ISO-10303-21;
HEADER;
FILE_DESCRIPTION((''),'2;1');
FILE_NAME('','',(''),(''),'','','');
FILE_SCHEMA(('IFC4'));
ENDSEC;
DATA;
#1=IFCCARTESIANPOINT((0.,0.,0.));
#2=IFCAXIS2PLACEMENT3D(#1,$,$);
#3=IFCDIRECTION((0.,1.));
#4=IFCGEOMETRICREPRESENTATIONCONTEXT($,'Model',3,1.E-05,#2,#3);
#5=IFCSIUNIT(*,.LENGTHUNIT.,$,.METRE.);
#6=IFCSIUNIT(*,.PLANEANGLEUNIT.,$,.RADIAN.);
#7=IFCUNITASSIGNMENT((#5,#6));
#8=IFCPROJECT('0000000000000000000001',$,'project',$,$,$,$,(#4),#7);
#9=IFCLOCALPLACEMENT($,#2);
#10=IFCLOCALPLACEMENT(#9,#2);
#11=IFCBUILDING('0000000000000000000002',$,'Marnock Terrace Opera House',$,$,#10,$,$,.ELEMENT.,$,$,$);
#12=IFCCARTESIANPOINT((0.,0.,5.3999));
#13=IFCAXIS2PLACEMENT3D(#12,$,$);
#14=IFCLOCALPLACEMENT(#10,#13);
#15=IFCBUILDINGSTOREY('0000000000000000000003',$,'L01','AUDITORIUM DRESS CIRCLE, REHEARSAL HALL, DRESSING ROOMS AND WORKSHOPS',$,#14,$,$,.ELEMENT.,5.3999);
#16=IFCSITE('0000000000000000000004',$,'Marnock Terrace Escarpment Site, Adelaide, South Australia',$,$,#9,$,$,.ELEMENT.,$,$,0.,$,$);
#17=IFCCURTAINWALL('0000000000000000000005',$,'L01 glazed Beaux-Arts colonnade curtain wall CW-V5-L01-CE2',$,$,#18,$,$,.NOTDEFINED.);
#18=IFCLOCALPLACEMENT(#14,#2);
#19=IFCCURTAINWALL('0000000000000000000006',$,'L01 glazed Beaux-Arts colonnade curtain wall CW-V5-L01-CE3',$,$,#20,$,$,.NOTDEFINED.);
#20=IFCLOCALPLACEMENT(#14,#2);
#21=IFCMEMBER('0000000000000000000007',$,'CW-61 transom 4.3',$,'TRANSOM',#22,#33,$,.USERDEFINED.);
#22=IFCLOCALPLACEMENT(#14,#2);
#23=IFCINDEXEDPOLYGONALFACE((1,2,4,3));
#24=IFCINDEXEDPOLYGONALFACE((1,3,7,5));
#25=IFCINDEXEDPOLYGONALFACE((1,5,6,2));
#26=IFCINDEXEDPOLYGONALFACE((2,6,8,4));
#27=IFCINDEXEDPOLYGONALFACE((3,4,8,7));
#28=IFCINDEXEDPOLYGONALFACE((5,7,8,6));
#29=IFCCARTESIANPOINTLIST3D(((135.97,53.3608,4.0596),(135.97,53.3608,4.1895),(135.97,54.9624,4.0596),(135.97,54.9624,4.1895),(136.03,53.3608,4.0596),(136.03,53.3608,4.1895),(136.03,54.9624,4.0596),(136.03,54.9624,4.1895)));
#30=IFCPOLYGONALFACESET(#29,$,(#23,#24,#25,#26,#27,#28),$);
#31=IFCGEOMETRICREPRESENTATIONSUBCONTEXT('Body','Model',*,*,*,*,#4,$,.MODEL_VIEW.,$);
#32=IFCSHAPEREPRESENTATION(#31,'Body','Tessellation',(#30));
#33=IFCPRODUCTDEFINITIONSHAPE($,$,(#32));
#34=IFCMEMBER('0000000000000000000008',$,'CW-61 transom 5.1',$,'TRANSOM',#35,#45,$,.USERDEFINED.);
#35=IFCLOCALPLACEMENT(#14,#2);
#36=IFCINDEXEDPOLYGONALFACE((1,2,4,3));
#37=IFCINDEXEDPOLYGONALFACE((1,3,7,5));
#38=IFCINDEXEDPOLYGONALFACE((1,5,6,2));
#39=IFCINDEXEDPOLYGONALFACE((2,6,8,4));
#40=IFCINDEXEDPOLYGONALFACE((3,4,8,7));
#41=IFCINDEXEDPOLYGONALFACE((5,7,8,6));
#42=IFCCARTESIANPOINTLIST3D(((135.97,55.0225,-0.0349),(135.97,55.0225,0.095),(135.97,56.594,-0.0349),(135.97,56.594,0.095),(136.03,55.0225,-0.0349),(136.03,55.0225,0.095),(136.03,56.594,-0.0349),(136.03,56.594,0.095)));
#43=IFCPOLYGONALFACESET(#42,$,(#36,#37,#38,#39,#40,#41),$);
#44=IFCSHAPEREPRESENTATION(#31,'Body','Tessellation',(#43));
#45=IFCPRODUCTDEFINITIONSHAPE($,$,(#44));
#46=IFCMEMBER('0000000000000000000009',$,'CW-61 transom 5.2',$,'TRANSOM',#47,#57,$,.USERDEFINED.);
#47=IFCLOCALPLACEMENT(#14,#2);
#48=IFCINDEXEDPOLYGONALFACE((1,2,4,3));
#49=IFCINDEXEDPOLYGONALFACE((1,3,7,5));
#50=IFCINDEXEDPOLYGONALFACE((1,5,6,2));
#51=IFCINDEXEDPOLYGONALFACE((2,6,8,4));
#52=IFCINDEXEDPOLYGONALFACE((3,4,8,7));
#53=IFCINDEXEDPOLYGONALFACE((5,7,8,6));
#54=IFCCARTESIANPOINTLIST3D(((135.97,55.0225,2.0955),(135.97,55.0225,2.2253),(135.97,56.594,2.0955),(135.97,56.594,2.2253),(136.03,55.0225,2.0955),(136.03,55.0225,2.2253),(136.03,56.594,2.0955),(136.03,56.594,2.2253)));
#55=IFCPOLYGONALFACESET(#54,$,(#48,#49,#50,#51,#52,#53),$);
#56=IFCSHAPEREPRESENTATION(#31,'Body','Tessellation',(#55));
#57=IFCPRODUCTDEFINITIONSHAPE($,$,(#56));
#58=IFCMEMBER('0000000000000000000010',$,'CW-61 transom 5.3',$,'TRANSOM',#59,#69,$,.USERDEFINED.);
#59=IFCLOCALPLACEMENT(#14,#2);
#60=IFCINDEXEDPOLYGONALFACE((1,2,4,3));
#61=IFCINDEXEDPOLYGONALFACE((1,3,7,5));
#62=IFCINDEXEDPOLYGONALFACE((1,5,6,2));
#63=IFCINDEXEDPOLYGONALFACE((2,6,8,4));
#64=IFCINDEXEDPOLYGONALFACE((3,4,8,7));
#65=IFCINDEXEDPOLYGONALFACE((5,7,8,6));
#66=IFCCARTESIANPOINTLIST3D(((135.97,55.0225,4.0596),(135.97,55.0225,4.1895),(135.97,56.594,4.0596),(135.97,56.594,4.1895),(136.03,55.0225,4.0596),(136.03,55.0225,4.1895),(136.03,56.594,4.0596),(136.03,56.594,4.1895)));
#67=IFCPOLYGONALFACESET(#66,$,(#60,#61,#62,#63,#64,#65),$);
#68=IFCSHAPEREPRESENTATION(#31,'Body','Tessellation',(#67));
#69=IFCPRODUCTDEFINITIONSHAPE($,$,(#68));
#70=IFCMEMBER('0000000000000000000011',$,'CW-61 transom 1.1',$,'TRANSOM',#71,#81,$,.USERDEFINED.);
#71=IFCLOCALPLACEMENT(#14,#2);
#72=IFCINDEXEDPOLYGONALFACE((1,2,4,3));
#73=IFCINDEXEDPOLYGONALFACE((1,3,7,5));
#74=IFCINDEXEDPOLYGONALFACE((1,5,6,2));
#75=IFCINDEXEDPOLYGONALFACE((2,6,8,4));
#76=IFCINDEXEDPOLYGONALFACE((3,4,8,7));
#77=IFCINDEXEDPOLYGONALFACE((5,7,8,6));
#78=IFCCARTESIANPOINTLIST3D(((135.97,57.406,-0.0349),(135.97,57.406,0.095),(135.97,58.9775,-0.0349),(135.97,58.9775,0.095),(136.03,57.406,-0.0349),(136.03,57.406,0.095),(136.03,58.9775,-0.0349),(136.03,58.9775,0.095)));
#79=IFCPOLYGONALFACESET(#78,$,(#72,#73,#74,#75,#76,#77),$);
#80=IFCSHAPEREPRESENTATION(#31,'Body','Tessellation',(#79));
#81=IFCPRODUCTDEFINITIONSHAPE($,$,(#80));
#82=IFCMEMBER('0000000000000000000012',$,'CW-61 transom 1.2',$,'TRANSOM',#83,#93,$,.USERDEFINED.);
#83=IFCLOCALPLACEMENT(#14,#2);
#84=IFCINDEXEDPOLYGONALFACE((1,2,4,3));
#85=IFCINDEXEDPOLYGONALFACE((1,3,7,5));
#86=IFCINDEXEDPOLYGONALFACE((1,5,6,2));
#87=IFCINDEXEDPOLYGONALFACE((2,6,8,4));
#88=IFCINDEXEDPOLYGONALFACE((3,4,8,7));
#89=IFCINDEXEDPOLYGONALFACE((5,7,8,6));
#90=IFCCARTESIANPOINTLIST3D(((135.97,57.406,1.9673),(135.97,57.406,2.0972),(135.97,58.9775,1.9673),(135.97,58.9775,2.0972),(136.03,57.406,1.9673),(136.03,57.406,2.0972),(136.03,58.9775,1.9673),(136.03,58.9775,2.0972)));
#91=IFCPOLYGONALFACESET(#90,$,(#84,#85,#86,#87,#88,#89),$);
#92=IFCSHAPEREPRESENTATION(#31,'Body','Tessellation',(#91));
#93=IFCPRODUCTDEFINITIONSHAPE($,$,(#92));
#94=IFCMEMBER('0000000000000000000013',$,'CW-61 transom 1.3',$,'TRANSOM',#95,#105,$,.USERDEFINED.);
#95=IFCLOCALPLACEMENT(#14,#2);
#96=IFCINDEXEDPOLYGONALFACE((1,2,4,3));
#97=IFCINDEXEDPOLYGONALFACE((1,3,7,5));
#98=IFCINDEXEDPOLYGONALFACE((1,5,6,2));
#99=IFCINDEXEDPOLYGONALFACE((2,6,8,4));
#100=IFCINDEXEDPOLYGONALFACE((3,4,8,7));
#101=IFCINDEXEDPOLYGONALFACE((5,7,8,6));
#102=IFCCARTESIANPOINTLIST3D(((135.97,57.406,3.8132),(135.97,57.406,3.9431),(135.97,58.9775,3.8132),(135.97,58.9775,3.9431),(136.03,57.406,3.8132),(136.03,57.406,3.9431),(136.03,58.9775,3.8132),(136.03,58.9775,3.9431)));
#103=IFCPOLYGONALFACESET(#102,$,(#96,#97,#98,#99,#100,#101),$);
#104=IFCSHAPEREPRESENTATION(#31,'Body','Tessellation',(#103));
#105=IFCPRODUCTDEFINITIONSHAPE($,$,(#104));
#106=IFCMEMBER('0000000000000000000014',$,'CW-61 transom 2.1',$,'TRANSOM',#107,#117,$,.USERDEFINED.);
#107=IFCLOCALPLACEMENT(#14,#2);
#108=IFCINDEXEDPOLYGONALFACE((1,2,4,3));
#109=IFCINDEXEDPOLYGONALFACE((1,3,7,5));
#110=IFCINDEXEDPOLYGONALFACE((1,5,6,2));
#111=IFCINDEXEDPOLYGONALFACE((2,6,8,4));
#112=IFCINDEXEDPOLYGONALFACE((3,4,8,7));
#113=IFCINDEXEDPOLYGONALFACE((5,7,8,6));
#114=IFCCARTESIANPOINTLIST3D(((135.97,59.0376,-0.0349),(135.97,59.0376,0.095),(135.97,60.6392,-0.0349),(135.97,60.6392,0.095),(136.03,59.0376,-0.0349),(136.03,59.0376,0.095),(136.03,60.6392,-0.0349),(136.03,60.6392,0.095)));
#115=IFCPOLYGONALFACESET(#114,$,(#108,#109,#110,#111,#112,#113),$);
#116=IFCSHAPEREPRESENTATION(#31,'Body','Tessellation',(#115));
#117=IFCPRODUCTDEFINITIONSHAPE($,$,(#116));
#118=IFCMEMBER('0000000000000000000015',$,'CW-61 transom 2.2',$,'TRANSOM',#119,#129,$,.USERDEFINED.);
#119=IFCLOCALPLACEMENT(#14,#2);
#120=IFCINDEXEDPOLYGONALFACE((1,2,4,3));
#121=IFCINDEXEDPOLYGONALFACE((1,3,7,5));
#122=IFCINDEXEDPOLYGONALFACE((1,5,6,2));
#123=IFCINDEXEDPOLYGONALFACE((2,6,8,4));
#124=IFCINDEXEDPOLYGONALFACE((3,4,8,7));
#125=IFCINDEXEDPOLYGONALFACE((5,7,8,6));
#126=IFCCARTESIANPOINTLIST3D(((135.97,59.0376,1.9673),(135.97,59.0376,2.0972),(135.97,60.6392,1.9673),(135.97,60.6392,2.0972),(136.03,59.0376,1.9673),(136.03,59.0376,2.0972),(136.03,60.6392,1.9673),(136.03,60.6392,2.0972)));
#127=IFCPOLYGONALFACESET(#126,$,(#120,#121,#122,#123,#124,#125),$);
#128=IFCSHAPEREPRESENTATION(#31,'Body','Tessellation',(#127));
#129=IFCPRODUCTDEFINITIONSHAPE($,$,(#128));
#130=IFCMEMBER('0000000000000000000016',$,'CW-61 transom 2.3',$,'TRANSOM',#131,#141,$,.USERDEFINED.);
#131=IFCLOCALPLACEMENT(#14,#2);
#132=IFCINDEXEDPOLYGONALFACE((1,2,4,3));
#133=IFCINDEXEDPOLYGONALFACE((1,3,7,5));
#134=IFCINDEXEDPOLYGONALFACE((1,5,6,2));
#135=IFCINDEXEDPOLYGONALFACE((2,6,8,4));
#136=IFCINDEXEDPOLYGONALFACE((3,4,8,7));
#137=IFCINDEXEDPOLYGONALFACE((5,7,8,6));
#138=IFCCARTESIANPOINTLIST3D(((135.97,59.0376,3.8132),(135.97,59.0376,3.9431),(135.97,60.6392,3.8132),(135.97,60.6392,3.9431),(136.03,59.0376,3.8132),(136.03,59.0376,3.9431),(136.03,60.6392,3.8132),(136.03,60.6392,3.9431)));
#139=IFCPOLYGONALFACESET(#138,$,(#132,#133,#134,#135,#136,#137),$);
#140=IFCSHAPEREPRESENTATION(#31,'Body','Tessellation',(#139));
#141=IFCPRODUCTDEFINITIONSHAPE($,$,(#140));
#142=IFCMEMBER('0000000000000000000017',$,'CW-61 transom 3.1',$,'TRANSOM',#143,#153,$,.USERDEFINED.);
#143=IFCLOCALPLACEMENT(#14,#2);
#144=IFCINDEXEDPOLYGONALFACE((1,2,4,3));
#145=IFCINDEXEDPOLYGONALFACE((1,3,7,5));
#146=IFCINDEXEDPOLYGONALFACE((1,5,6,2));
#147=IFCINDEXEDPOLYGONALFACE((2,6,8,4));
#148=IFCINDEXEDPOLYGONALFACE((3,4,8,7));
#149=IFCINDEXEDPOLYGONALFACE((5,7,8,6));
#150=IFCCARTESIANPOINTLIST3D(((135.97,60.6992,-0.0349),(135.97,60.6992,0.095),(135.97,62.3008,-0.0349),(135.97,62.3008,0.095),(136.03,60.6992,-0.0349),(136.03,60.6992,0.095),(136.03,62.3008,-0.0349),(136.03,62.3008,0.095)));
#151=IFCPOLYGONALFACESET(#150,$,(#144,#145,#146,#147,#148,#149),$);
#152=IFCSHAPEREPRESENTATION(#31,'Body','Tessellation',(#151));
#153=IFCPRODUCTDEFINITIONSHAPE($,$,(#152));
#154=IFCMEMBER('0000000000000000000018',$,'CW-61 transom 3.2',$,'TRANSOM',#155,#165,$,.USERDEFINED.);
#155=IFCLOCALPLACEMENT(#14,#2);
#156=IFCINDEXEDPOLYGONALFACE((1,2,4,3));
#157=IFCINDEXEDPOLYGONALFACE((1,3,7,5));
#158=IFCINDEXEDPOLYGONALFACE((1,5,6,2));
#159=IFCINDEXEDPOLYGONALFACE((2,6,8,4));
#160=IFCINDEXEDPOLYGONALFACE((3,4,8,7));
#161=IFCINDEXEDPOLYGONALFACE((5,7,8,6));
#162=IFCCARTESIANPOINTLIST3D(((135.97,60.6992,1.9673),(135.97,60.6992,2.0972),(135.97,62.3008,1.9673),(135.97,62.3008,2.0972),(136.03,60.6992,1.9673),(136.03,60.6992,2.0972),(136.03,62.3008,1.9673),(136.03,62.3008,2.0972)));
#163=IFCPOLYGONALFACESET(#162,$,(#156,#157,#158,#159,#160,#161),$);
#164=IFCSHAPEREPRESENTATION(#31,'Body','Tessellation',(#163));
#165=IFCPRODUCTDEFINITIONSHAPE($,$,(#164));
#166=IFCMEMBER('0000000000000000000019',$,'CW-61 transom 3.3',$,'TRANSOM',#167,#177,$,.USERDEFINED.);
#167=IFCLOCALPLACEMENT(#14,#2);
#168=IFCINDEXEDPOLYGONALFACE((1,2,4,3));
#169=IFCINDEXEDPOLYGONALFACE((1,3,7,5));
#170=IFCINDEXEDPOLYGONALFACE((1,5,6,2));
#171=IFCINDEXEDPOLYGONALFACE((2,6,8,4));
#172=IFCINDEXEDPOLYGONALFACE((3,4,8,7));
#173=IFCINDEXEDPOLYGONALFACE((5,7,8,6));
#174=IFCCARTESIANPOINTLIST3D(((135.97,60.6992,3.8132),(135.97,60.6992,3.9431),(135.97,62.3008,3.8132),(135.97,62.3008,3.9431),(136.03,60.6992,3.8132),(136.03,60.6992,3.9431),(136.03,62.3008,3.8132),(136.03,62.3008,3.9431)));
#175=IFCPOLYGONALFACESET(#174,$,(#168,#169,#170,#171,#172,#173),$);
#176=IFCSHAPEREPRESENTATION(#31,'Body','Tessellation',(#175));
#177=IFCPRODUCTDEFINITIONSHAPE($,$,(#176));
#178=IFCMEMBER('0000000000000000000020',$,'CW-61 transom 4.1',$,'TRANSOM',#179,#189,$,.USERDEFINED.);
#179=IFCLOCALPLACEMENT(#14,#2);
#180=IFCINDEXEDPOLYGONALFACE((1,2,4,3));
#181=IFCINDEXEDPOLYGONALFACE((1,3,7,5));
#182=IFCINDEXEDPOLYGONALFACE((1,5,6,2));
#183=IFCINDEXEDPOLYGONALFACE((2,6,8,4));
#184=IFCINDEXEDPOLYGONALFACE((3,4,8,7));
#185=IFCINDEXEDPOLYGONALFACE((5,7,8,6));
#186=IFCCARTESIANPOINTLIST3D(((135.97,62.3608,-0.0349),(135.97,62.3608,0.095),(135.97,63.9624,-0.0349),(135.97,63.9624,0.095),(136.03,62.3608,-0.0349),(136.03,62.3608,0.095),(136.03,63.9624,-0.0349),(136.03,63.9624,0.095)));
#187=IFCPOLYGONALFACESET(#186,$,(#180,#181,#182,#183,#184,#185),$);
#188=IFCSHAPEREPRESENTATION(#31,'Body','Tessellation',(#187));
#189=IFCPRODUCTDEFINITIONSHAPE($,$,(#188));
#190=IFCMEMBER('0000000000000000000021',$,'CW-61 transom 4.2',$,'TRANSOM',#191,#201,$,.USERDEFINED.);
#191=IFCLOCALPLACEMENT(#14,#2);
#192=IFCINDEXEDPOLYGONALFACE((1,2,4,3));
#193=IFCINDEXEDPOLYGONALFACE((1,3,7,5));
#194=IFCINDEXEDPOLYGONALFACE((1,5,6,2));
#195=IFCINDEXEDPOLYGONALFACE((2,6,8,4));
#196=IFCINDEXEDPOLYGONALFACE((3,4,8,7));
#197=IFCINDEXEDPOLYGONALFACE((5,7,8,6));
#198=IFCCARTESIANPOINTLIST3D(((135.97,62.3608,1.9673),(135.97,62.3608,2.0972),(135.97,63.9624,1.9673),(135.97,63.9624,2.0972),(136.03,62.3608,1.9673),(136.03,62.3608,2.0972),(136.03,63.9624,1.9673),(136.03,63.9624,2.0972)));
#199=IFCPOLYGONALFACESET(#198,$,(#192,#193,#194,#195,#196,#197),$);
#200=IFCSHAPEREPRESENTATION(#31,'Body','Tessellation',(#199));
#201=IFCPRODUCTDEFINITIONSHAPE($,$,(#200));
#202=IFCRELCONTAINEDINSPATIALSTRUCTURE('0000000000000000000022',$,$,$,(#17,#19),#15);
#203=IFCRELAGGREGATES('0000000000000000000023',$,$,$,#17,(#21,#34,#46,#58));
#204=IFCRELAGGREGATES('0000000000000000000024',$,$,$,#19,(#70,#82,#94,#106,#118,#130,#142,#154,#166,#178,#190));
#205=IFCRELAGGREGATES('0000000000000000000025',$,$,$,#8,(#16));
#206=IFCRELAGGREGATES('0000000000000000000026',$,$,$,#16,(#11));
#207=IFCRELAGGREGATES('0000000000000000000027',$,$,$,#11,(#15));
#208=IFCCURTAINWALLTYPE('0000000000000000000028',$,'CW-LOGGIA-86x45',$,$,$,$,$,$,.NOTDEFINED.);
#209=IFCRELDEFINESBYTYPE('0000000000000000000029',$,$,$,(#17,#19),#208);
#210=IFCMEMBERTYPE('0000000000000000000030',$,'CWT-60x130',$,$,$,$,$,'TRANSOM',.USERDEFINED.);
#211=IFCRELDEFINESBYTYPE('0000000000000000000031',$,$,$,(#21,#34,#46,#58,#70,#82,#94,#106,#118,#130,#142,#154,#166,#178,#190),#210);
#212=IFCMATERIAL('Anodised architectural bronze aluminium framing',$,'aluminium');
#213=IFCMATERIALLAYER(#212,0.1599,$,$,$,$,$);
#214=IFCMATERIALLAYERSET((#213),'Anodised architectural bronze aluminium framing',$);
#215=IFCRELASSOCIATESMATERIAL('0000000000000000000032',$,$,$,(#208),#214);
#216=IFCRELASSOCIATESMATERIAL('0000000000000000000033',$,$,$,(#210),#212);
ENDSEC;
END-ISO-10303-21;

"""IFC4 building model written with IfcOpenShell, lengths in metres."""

from ifc_helpers import new_model, si_unit, direction, frame, origin, origin_2d, place, context, subcontext, project, spatial, rectangle, extrude, material, layer, layer_set, material_profile, profile_set, type_object, element, aggregate, save


model = new_model("IFC4")

# Units and contexts
model_context = context("Model", 3, precision=1e-05, world=origin(), true_north=direction((0.0, 1.0)))
body_context = subcontext(model_context, "Body", "Model", "MODEL_VIEW")
ifc_project = project(units=[si_unit("LENGTHUNIT", "METRE"), si_unit("PLANEANGLEUNIT", "RADIAN")], contexts=[model_context])

# Site, building, storey
site_placement = place(None, origin())
site = spatial("IfcSite", under=ifc_project, at=site_placement, Name="Marnock Terrace Escarpment Site, Adelaide, South Australia", CompositionType="ELEMENT", RefElevation=0.0)
building_placement = place(site_placement, origin())
building = spatial("IfcBuilding", under=site, at=building_placement, Name="Marnock Terrace Opera House", CompositionType="ELEMENT")
storey_placement = place(building_placement, frame((0.0, 0.0, 5.3999)))
storey = spatial("IfcBuildingStorey", under=building, at=storey_placement, Name="L01", Description="AUDITORIUM DRESS CIRCLE, REHEARSAL HALL, DRESSING ROOMS AND WORKSHOPS", CompositionType="ELEMENT", Elevation=5.3999)

# Curtain walls
ifc_material_1 = material(Name="Anodised architectural bronze aluminium framing", Category="aluminium")
ifc_layer_1 = layer(ifc_material_1, 0.1599)
ifc_layer_set_1 = layer_set([ifc_layer_1], Name="Anodised architectural bronze aluminium framing")
curtain_wall_type = type_object("IfcCurtainWallType", Name="CW-LOGGIA-86x45", PredefinedType="NOTDEFINED", material=ifc_layer_set_1)
curtain_wall_1_placement = place(storey_placement, origin())
curtain_wall_1 = element("IfcCurtainWall", 1, at=curtain_wall_1_placement, inside=storey, type_object=curtain_wall_type, Name="L01 glazed Beaux-Arts colonnade curtain wall CW-V5-L01-CE2", PredefinedType="NOTDEFINED")
curtain_wall_2_placement = place(storey_placement, origin())
curtain_wall_2 = element("IfcCurtainWall", 2, at=curtain_wall_2_placement, inside=storey, type_object=curtain_wall_type, Name="L01 glazed Beaux-Arts colonnade curtain wall CW-V5-L01-CE3", PredefinedType="NOTDEFINED")

# Members
ifc_material_profile_1 = material_profile(ifc_material_1, rectangle(XDim=0.0601, YDim=0.1299, at=origin_2d()))
ifc_profile_set_1 = profile_set([ifc_material_profile_1], Name="Anodised architectural bronze aluminium framing")
member_type_1 = type_object("IfcMemberType", Name="CWT-60x130", ElementType="TRANSOM", PredefinedType="USERDEFINED", material=ifc_profile_set_1)
member_1_placement = place(storey_placement, frame((136.0, 53.3608, 4.1245), z_axis=(0.0, 1.0, 0.0), x_axis=(-1.0, 0.0, 0.0)))
member_1 = element("IfcMember", 3, at=member_1_placement, type_object=member_type_1, Name="CW-61 transom 4.3", ObjectType="TRANSOM", PredefinedType="USERDEFINED", context=body_context, shape_type="SweptSolid", body=[
    extrude(rectangle(XDim=0.0601, YDim=0.1299, at=origin_2d()), origin(), (0.0, 0.0, 1.0), 1.6016),
])
member_2_placement = place(storey_placement, frame((136.0, 55.0225, 0.03), z_axis=(0.0, 1.0, 0.0), x_axis=(-1.0, 0.0, 0.0)))
member_2 = element("IfcMember", 4, at=member_2_placement, type_object=member_type_1, Name="CW-61 transom 5.1", ObjectType="TRANSOM", PredefinedType="USERDEFINED", context=body_context, shape_type="SweptSolid", body=[
    extrude(rectangle(XDim=0.0601, YDim=0.1299, at=origin_2d()), origin(), (0.0, 0.0, 1.0), 1.5715),
])
member_3_placement = place(storey_placement, frame((136.0, 55.0225, 2.1604), z_axis=(0.0, 1.0, 0.0), x_axis=(-1.0, 0.0, 0.0)))
member_3 = element("IfcMember", 5, at=member_3_placement, type_object=member_type_1, Name="CW-61 transom 5.2", ObjectType="TRANSOM", PredefinedType="USERDEFINED", context=body_context, shape_type="SweptSolid", body=[
    extrude(rectangle(XDim=0.0601, YDim=0.1299, at=origin_2d()), origin(), (0.0, 0.0, 1.0), 1.5715),
])
member_4_placement = place(storey_placement, frame((136.0, 55.0225, 4.1245), z_axis=(0.0, 1.0, 0.0), x_axis=(-1.0, 0.0, 0.0)))
member_4 = element("IfcMember", 6, at=member_4_placement, type_object=member_type_1, Name="CW-61 transom 5.3", ObjectType="TRANSOM", PredefinedType="USERDEFINED", context=body_context, shape_type="SweptSolid", body=[
    extrude(rectangle(XDim=0.0601, YDim=0.1299, at=origin_2d()), origin(), (0.0, 0.0, 1.0), 1.5715),
])
member_5_placement = place(storey_placement, frame((136.0, 57.406, 0.03), z_axis=(0.0, 1.0, 0.0), x_axis=(-1.0, 0.0, 0.0)))
member_5 = element("IfcMember", 7, at=member_5_placement, type_object=member_type_1, Name="CW-61 transom 1.1", ObjectType="TRANSOM", PredefinedType="USERDEFINED", context=body_context, shape_type="SweptSolid", body=[
    extrude(rectangle(XDim=0.0601, YDim=0.1299, at=origin_2d()), origin(), (0.0, 0.0, 1.0), 1.5715),
])
member_6_placement = place(storey_placement, frame((136.0, 57.406, 2.0322), z_axis=(0.0, 1.0, 0.0), x_axis=(-1.0, 0.0, 0.0)))
member_6 = element("IfcMember", 8, at=member_6_placement, type_object=member_type_1, Name="CW-61 transom 1.2", ObjectType="TRANSOM", PredefinedType="USERDEFINED", context=body_context, shape_type="SweptSolid", body=[
    extrude(rectangle(XDim=0.0601, YDim=0.1299, at=origin_2d()), origin(), (0.0, 0.0, 1.0), 1.5715),
])
member_7_placement = place(storey_placement, frame((136.0, 57.406, 3.8782), z_axis=(0.0, 1.0, 0.0), x_axis=(-1.0, 0.0, 0.0)))
member_7 = element("IfcMember", 9, at=member_7_placement, type_object=member_type_1, Name="CW-61 transom 1.3", ObjectType="TRANSOM", PredefinedType="USERDEFINED", context=body_context, shape_type="SweptSolid", body=[
    extrude(rectangle(XDim=0.0601, YDim=0.1299, at=origin_2d()), origin(), (0.0, 0.0, 1.0), 1.5715),
])
member_8_placement = place(storey_placement, frame((136.0, 59.0376, 0.03), z_axis=(0.0, 1.0, 0.0), x_axis=(-1.0, 0.0, 0.0)))
member_8 = element("IfcMember", 10, at=member_8_placement, type_object=member_type_1, Name="CW-61 transom 2.1", ObjectType="TRANSOM", PredefinedType="USERDEFINED", context=body_context, shape_type="SweptSolid", body=[
    extrude(rectangle(XDim=0.0601, YDim=0.1299, at=origin_2d()), origin(), (0.0, 0.0, 1.0), 1.6016),
])
member_9_placement = place(storey_placement, frame((136.0, 59.0376, 2.0322), z_axis=(0.0, 1.0, 0.0), x_axis=(-1.0, 0.0, 0.0)))
member_9 = element("IfcMember", 11, at=member_9_placement, type_object=member_type_1, Name="CW-61 transom 2.2", ObjectType="TRANSOM", PredefinedType="USERDEFINED", context=body_context, shape_type="SweptSolid", body=[
    extrude(rectangle(XDim=0.0601, YDim=0.1299, at=origin_2d()), origin(), (0.0, 0.0, 1.0), 1.6016),
])
member_10_placement = place(storey_placement, frame((136.0, 59.0376, 3.8782), z_axis=(0.0, 1.0, 0.0), x_axis=(-1.0, 0.0, 0.0)))
member_10 = element("IfcMember", 12, at=member_10_placement, type_object=member_type_1, Name="CW-61 transom 2.3", ObjectType="TRANSOM", PredefinedType="USERDEFINED", context=body_context, shape_type="SweptSolid", body=[
    extrude(rectangle(XDim=0.0601, YDim=0.1299, at=origin_2d()), origin(), (0.0, 0.0, 1.0), 1.6016),
])
member_11_placement = place(storey_placement, frame((136.0, 60.6992, 0.03), z_axis=(0.0, 1.0, 0.0), x_axis=(-1.0, 0.0, 0.0)))
member_11 = element("IfcMember", 13, at=member_11_placement, type_object=member_type_1, Name="CW-61 transom 3.1", ObjectType="TRANSOM", PredefinedType="USERDEFINED", context=body_context, shape_type="SweptSolid", body=[
    extrude(rectangle(XDim=0.0601, YDim=0.1299, at=origin_2d()), origin(), (0.0, 0.0, 1.0), 1.6016),
])
member_12_placement = place(storey_placement, frame((136.0, 60.6992, 2.0322), z_axis=(0.0, 1.0, 0.0), x_axis=(-1.0, 0.0, 0.0)))
member_12 = element("IfcMember", 14, at=member_12_placement, type_object=member_type_1, Name="CW-61 transom 3.2", ObjectType="TRANSOM", PredefinedType="USERDEFINED", context=body_context, shape_type="SweptSolid", body=[
    extrude(rectangle(XDim=0.0601, YDim=0.1299, at=origin_2d()), origin(), (0.0, 0.0, 1.0), 1.6016),
])
member_13_placement = place(storey_placement, frame((136.0, 60.6992, 3.8782), z_axis=(0.0, 1.0, 0.0), x_axis=(-1.0, 0.0, 0.0)))
member_13 = element("IfcMember", 15, at=member_13_placement, type_object=member_type_1, Name="CW-61 transom 3.3", ObjectType="TRANSOM", PredefinedType="USERDEFINED", context=body_context, shape_type="SweptSolid", body=[
    extrude(rectangle(XDim=0.0601, YDim=0.1299, at=origin_2d()), origin(), (0.0, 0.0, 1.0), 1.6016),
])
member_14_placement = place(storey_placement, frame((136.0, 62.3608, 0.03), z_axis=(0.0, 1.0, 0.0), x_axis=(-1.0, 0.0, 0.0)))
member_14 = element("IfcMember", 16, at=member_14_placement, type_object=member_type_1, Name="CW-61 transom 4.1", ObjectType="TRANSOM", PredefinedType="USERDEFINED", context=body_context, shape_type="SweptSolid", body=[
    extrude(rectangle(XDim=0.0601, YDim=0.1299, at=origin_2d()), origin(), (0.0, 0.0, 1.0), 1.6016),
])
member_15_placement = place(storey_placement, frame((136.0, 62.3608, 2.0322), z_axis=(0.0, 1.0, 0.0), x_axis=(-1.0, 0.0, 0.0)))
member_15 = element("IfcMember", 17, at=member_15_placement, type_object=member_type_1, Name="CW-61 transom 4.2", ObjectType="TRANSOM", PredefinedType="USERDEFINED", context=body_context, shape_type="SweptSolid", body=[
    extrude(rectangle(XDim=0.0601, YDim=0.1299, at=origin_2d()), origin(), (0.0, 0.0, 1.0), 1.6016),
])

aggregate(curtain_wall_1, [member_1, member_2, member_3, member_4])
aggregate(curtain_wall_2, [member_5, member_6, member_7, member_8, member_9, member_10, member_11, member_12, member_13, member_14, member_15])

save(model, "model.ifc")
